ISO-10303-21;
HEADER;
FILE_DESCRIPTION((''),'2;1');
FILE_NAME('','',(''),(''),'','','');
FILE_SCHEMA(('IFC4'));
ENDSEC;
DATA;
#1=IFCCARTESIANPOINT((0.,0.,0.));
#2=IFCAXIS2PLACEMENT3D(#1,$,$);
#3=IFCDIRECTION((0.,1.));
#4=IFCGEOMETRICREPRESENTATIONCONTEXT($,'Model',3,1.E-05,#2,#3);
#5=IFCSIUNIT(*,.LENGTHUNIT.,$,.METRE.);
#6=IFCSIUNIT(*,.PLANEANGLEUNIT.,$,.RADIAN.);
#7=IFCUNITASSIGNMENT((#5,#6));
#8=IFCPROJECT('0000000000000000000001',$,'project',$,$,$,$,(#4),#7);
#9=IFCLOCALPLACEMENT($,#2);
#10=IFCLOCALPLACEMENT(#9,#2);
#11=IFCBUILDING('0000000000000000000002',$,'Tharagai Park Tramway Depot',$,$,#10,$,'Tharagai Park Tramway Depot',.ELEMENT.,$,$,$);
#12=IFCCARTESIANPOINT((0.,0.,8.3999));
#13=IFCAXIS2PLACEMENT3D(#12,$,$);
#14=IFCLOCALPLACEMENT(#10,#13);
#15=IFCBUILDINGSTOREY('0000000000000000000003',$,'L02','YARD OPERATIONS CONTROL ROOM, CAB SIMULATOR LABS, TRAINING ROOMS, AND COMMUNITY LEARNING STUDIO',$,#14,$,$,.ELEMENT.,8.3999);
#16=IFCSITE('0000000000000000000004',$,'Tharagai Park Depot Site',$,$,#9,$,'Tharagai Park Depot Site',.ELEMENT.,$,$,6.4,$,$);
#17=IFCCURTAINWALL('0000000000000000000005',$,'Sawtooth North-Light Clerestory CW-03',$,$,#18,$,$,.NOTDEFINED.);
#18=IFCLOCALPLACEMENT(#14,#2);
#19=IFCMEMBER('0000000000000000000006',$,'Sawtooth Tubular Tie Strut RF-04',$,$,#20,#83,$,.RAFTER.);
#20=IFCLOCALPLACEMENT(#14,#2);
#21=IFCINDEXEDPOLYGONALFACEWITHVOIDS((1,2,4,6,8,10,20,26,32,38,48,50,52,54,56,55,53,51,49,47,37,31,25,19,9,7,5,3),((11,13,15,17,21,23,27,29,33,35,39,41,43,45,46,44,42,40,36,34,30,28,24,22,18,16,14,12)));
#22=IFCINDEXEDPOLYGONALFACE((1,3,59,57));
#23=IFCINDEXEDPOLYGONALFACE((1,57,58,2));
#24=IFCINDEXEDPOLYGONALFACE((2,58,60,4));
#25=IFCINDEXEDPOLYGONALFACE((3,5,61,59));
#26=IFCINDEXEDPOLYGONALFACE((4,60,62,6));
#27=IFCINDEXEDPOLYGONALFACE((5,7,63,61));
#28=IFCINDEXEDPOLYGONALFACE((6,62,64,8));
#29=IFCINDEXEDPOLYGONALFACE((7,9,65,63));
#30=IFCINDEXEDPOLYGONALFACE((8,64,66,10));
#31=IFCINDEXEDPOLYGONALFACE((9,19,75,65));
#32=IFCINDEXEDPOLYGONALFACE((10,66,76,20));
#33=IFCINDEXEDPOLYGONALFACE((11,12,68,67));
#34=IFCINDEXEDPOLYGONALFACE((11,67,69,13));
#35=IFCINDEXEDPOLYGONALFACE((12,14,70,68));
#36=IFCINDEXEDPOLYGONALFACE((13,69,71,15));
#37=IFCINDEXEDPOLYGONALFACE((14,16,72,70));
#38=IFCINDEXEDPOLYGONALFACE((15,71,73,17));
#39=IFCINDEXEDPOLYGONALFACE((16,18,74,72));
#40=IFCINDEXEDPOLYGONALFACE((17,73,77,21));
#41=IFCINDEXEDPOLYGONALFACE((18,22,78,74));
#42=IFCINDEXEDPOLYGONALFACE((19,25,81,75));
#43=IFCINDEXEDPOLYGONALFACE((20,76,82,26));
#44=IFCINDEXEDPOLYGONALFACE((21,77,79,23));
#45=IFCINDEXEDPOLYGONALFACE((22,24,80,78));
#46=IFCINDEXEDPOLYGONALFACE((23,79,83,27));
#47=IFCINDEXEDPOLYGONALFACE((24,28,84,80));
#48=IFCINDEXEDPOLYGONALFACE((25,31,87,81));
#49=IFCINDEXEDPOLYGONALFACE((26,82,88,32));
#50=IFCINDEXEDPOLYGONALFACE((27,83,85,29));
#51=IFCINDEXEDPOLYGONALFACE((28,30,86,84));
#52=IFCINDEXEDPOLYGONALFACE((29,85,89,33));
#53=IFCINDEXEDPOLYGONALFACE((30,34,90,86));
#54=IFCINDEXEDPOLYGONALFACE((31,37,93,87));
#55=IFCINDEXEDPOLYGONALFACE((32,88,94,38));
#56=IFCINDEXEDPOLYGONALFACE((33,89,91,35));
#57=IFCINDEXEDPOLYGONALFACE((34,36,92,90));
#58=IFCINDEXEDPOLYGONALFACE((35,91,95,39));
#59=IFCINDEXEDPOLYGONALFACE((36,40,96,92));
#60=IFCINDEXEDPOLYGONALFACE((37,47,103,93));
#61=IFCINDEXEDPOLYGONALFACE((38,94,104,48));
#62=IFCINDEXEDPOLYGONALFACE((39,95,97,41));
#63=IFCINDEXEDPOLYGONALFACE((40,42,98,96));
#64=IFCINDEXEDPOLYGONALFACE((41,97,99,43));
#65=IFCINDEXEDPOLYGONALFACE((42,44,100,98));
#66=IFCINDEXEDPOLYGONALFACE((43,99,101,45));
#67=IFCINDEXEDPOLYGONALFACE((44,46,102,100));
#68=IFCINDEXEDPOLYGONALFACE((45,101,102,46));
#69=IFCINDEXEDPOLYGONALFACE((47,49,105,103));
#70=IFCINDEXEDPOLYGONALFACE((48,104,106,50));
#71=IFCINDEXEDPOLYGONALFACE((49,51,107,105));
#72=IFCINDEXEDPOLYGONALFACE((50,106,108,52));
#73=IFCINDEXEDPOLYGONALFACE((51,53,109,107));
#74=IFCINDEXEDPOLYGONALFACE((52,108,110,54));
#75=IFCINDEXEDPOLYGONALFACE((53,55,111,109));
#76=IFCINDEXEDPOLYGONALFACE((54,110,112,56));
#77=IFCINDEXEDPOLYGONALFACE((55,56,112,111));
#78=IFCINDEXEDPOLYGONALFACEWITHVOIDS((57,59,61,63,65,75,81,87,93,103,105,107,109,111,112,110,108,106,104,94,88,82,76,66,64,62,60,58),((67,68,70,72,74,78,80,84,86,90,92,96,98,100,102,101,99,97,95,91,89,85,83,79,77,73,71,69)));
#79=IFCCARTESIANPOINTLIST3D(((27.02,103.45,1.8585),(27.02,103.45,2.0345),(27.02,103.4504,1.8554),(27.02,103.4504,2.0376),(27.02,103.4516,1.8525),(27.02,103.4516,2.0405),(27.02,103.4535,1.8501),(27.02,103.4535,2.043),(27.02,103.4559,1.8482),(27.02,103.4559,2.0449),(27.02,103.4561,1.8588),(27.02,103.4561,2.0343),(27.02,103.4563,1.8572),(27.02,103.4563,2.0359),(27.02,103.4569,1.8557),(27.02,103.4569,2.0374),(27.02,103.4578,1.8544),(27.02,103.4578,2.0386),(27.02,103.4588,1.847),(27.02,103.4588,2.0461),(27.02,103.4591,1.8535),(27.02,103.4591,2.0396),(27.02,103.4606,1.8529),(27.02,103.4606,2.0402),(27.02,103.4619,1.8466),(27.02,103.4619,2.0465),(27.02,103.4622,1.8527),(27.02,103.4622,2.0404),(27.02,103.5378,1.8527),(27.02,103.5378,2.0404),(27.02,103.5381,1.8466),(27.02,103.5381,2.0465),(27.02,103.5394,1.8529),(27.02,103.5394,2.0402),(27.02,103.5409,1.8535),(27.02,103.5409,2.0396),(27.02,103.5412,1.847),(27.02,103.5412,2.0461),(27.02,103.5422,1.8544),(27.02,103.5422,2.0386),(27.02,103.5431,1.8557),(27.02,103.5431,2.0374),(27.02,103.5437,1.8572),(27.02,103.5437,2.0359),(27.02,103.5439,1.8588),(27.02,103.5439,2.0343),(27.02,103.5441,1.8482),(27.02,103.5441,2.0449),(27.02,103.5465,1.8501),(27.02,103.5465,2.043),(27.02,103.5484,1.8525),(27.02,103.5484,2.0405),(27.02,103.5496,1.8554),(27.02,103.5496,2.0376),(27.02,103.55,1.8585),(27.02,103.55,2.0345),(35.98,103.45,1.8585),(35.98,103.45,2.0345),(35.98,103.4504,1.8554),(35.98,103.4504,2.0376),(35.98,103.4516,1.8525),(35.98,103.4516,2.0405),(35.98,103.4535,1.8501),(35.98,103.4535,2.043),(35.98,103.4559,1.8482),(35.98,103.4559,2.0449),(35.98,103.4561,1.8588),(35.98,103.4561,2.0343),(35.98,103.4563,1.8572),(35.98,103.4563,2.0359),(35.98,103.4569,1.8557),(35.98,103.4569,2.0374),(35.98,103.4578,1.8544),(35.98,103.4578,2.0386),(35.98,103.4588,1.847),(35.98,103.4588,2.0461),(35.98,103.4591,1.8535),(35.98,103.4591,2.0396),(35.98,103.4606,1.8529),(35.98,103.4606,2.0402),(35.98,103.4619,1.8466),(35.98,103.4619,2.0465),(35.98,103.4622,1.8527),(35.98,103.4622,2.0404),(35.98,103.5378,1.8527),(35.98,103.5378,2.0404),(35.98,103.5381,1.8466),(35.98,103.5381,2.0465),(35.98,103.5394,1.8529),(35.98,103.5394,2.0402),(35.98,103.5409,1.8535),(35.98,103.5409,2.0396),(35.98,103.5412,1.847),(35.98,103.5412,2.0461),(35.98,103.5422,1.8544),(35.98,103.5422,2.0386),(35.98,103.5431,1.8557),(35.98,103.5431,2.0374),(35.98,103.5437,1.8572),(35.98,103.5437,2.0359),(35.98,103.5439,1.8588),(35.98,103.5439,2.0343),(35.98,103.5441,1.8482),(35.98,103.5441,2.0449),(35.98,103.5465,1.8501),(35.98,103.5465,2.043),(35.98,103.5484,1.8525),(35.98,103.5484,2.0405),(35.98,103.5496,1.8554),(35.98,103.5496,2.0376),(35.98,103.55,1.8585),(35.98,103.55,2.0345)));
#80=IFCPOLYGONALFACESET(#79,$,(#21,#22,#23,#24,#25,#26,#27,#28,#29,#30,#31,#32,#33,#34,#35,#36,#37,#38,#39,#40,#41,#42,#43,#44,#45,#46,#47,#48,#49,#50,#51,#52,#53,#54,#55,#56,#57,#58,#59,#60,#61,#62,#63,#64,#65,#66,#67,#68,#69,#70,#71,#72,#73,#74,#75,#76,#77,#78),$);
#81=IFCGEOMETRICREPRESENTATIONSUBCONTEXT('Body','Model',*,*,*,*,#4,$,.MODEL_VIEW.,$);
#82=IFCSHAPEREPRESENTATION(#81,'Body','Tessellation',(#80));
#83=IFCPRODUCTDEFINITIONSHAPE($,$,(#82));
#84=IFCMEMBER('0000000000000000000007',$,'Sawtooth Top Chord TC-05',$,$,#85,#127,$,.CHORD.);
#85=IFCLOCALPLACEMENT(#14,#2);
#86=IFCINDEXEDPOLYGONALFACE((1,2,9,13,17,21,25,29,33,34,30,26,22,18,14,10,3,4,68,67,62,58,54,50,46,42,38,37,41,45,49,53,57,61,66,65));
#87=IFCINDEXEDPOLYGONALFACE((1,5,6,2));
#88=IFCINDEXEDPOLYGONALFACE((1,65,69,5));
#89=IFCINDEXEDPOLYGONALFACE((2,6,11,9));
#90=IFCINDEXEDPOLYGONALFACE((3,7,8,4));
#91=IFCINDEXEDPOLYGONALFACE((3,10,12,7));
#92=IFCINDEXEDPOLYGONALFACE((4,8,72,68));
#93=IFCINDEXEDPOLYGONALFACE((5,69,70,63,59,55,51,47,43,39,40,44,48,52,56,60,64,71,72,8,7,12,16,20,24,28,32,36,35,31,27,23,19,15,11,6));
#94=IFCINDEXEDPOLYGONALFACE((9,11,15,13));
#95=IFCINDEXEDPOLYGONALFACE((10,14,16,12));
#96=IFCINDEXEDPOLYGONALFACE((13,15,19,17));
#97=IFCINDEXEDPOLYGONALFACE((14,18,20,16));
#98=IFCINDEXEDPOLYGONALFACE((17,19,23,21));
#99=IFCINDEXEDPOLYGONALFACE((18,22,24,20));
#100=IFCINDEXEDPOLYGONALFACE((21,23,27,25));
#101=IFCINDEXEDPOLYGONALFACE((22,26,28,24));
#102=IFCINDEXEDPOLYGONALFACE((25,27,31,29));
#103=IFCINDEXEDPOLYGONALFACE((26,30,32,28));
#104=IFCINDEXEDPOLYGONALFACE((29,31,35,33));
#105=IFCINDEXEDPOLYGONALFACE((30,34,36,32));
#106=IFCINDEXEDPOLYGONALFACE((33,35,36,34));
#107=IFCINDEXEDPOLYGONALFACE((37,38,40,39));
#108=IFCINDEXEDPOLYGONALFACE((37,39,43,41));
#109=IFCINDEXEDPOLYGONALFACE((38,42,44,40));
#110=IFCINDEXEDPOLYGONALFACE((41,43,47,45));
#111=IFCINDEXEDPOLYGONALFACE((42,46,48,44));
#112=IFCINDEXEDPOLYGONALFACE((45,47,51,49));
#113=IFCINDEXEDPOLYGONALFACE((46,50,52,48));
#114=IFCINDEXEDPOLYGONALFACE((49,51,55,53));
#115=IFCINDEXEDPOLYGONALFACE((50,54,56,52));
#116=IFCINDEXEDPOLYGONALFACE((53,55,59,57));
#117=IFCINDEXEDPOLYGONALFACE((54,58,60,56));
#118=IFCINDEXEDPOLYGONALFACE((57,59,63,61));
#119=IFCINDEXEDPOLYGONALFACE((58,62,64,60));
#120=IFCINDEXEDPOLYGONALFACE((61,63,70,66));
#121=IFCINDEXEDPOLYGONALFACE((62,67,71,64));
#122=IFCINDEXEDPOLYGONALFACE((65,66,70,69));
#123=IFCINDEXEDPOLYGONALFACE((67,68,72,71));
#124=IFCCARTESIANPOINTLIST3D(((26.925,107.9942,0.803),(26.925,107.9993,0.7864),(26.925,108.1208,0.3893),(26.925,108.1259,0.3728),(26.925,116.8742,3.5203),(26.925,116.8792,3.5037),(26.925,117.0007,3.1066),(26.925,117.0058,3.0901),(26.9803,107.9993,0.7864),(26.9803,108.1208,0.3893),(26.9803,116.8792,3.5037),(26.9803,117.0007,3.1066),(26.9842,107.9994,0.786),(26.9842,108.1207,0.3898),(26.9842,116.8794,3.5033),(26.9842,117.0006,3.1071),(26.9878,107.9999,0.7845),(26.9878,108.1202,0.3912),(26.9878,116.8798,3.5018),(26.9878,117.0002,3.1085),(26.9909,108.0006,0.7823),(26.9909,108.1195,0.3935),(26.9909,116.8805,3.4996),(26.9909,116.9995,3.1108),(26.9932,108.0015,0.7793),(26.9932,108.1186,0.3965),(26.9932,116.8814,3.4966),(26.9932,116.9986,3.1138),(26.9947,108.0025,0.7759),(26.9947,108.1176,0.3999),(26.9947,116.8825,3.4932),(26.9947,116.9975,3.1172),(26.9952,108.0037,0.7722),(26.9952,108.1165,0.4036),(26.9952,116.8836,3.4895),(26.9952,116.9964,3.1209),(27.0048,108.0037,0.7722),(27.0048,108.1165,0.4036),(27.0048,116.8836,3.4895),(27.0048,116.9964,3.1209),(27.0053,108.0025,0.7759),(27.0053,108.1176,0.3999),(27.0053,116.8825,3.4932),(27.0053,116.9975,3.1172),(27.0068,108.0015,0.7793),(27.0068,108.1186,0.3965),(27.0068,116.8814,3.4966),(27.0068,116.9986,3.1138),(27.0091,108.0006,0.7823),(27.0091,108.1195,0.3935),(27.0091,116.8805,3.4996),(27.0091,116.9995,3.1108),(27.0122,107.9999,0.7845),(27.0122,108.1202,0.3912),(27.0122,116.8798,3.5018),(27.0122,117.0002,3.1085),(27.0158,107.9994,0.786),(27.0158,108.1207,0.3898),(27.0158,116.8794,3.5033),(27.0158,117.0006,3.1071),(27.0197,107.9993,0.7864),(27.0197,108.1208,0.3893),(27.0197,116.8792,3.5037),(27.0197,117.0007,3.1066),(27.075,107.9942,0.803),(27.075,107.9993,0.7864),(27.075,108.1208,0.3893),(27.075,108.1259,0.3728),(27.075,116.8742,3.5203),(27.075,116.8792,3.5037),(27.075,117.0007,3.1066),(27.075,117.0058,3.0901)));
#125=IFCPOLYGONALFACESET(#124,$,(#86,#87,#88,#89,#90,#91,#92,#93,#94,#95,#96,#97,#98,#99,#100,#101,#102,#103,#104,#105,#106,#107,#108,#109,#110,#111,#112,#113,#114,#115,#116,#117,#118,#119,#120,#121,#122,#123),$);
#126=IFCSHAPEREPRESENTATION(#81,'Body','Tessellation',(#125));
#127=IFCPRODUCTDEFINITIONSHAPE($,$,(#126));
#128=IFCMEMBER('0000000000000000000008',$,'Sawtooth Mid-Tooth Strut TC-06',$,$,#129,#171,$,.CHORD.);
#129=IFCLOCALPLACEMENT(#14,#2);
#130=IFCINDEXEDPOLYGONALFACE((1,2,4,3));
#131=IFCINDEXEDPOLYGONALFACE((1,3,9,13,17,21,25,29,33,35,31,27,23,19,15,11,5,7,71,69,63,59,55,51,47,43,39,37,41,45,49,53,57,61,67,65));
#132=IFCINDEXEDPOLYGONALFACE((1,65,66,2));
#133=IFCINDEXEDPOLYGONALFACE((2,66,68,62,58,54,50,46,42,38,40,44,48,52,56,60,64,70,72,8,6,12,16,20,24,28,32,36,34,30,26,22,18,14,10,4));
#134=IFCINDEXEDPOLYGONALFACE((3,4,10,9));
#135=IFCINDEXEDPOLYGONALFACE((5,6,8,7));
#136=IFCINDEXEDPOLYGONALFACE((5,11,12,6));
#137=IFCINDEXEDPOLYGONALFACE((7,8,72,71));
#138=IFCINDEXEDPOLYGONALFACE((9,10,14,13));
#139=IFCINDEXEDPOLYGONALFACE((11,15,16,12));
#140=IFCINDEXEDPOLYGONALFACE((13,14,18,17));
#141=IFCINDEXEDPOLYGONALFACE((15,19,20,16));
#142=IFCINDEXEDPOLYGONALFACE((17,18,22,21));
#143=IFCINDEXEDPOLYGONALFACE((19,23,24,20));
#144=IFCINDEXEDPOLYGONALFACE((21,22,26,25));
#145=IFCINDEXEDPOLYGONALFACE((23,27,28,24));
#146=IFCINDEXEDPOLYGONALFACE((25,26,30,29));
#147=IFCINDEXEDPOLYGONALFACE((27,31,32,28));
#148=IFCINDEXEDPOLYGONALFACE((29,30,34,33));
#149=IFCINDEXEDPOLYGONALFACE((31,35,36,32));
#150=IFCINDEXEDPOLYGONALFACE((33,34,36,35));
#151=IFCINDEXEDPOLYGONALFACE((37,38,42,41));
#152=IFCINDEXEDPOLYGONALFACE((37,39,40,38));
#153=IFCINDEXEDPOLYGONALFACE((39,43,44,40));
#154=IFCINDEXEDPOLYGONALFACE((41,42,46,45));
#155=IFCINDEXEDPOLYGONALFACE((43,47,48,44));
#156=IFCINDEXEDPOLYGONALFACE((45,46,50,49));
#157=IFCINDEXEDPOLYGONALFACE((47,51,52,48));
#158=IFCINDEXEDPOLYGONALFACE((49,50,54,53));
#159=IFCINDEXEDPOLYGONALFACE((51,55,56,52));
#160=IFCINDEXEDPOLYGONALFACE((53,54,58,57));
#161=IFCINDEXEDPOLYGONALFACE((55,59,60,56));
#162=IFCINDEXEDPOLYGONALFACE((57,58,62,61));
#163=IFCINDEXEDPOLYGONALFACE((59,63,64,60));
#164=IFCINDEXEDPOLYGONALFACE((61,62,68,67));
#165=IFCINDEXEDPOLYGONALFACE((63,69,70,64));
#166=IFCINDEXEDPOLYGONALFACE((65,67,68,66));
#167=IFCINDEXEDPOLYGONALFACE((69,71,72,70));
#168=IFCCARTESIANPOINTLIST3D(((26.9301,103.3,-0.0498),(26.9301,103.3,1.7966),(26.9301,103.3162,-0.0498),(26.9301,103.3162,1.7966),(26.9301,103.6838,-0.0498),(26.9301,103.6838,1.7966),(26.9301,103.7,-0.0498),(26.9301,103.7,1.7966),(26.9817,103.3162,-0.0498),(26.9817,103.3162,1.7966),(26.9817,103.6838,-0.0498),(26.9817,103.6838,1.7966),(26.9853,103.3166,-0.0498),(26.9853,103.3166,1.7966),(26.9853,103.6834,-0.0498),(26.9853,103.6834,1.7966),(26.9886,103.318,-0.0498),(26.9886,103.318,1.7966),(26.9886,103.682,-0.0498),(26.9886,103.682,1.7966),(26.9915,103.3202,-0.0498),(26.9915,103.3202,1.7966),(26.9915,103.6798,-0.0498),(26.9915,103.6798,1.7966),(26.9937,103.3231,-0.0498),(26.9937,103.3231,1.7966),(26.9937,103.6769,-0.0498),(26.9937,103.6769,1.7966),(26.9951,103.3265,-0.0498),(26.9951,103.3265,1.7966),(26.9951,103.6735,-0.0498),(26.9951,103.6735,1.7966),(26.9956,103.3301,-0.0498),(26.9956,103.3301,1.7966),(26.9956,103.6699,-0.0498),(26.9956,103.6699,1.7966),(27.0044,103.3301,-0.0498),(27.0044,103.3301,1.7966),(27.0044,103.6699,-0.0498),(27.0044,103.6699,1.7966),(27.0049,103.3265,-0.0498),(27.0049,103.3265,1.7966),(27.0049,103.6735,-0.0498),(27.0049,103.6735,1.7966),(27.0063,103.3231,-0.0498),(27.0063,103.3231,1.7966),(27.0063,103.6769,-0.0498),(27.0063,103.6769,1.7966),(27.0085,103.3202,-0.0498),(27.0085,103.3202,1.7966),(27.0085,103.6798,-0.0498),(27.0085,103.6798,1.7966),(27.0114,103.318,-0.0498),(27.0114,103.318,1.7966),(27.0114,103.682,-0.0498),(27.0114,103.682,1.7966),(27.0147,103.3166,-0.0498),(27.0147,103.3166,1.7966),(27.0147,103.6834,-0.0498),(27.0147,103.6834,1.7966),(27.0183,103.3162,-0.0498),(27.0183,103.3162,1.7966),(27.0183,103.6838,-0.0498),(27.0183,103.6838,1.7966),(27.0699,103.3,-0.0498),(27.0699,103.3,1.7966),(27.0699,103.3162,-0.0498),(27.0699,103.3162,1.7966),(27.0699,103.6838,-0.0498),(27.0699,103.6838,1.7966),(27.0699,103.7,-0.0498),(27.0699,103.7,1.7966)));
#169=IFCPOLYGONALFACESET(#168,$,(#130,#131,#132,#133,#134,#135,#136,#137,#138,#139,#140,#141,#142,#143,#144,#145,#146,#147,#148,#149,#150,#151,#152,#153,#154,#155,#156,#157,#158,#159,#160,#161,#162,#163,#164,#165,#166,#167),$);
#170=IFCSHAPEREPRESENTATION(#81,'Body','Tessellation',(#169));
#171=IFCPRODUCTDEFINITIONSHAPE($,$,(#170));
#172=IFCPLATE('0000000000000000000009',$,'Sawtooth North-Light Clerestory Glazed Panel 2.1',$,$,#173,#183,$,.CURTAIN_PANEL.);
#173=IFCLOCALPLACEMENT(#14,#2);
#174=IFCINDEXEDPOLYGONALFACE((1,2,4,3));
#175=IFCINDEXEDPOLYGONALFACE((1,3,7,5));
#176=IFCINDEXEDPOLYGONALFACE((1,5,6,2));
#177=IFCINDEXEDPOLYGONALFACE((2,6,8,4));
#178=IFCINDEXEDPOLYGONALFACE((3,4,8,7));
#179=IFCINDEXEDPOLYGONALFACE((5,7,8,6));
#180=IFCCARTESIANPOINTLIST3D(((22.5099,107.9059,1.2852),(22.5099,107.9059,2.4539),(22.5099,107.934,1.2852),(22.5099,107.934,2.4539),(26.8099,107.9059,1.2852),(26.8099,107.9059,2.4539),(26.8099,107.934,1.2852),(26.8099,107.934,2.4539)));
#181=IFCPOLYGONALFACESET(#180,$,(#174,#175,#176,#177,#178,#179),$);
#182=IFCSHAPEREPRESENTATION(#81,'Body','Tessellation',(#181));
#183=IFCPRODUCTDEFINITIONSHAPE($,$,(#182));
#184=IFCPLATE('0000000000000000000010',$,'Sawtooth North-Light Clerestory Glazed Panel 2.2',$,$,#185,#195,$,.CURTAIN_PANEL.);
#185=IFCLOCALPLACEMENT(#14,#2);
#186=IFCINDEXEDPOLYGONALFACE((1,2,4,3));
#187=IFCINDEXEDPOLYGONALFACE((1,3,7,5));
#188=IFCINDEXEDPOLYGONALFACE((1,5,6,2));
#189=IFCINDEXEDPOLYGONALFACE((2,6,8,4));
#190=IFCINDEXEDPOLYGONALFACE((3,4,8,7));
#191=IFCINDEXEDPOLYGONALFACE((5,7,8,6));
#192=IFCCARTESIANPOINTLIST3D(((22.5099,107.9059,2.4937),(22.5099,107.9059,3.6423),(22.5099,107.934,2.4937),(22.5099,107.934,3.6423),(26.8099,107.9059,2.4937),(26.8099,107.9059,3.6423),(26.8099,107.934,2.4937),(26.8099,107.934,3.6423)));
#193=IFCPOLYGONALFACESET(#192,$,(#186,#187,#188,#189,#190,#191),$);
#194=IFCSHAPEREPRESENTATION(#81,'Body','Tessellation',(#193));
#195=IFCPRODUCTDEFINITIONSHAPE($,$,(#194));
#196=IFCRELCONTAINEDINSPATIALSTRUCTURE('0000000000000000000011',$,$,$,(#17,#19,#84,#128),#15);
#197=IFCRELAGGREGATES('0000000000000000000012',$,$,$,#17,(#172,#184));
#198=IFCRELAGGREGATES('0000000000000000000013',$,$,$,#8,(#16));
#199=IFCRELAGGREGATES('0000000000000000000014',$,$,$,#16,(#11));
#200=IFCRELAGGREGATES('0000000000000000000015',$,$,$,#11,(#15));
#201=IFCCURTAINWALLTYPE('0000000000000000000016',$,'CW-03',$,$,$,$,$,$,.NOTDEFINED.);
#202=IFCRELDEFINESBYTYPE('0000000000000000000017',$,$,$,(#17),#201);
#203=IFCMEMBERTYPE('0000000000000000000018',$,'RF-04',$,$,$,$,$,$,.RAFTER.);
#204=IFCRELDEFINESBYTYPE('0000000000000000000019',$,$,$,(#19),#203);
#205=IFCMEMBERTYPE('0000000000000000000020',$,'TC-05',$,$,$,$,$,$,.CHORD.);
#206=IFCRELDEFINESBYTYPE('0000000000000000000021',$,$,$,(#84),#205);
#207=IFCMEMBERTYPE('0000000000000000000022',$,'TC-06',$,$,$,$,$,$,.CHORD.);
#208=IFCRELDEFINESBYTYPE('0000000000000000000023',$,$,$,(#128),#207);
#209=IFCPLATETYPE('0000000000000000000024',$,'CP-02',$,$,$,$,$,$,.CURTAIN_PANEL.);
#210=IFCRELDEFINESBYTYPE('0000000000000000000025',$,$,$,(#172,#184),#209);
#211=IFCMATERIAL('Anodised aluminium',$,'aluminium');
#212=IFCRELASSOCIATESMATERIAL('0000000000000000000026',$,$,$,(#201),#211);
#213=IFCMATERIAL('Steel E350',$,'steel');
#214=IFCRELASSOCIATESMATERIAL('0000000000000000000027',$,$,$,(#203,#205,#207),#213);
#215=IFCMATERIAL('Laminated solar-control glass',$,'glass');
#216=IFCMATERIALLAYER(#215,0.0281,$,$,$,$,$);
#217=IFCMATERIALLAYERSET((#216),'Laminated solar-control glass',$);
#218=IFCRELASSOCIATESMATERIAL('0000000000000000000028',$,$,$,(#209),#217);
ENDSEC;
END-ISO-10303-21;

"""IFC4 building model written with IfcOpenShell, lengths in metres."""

from ifc_helpers import new_model, si_unit, direction, frame, origin, origin_2d, place, context, subcontext, project, spatial, rectangle, hollow_rectangle, i_section, extrude, material, layer, layer_set, material_profile, profile_set, type_object, element, aggregate, save


model = new_model("IFC4")

# Units and contexts
model_context = context("Model", 3, precision=1e-05, world=origin(), true_north=direction((0.0, 1.0)))
body_context = subcontext(model_context, "Body", "Model", "MODEL_VIEW")
ifc_project = project(units=[si_unit("LENGTHUNIT", "METRE"), si_unit("PLANEANGLEUNIT", "RADIAN")], contexts=[model_context])

# Site, building, storey
site_placement = place(None, origin())
site = spatial("IfcSite", under=ifc_project, at=site_placement, Name="Tharagai Park Depot Site", LongName="Tharagai Park Depot Site", CompositionType="ELEMENT", RefElevation=6.4)
building_placement = place(site_placement, origin())
building = spatial("IfcBuilding", under=site, at=building_placement, Name="Tharagai Park Tramway Depot", LongName="Tharagai Park Tramway Depot", CompositionType="ELEMENT")
storey_placement = place(building_placement, frame((0.0, 0.0, 8.3999)))
storey = spatial("IfcBuildingStorey", under=building, at=storey_placement, Name="L02", Description="YARD OPERATIONS CONTROL ROOM, CAB SIMULATOR LABS, TRAINING ROOMS, AND COMMUNITY LEARNING STUDIO", CompositionType="ELEMENT", Elevation=8.3999)

# Shared definitions
ifc_material_1 = material(Name="Steel E350", Category="steel")

# Shared definitions
ifc_material_2 = material(Name="Anodised aluminium", Category="aluminium")
curtain_wall_type = type_object("IfcCurtainWallType", Name="CW-03", PredefinedType="NOTDEFINED", material=ifc_material_2)

# Curtain wall
curtain_wall_1_placement = place(storey_placement, origin())
curtain_wall_1 = element("IfcCurtainWall", 1, at=curtain_wall_1_placement, inside=storey, type_object=curtain_wall_type, Name="Sawtooth North-Light Clerestory CW-03", PredefinedType="NOTDEFINED")

# Members
ifc_material_profile_1 = material_profile(ifc_material_1, hollow_rectangle(XDim=0.1001, YDim=0.2, WallThickness=0.0061, InnerFilletRadius=0.0061, OuterFilletRadius=0.012, at=origin_2d()), Name="RHS 200x100x6")
ifc_profile_set_1 = profile_set([ifc_material_profile_1], Name="Steel E350")
member_type_1 = type_object("IfcMemberType", Name="RF-04", PredefinedType="RAFTER", material=ifc_profile_set_1)
member_1_placement = place(storey_placement, frame((27.02, 103.5, 1.9465), z_axis=(1.0, 0.0, 0.0), x_axis=(0.0, 1.0, 0.0)))
element("IfcMember", 2, at=member_1_placement, inside=storey, type_object=member_type_1, Name="Sawtooth Tubular Tie Strut RF-04", PredefinedType="RAFTER", context=body_context, shape_type="SweptSolid", body=[
    extrude(hollow_rectangle(XDim=0.1001, YDim=0.2, WallThickness=0.0061, InnerFilletRadius=0.0061, OuterFilletRadius=0.012, at=origin_2d()), origin(), (0.0, 0.0, 1.0), 8.96),
])
ifc_material_profile_2 = material_profile(ifc_material_1, i_section(OverallWidth=0.1499, OverallDepth=0.45, WebThickness=0.0095, FlangeThickness=0.0173, FilletRadius=0.0149, at=origin_2d()), Name="ISMB 450")
ifc_profile_set_2 = profile_set([ifc_material_profile_2], Name="Steel E350")
member_type_2 = type_object("IfcMemberType", Name="TC-05", PredefinedType="CHORD", material=ifc_profile_set_2)
member_2_placement = place(storey_placement, frame((27.0, 108.0601, 0.5879), z_axis=(0.0, 0.956231, 0.292611), x_axis=(-1.0, 0.0, 0.0)))
element("IfcMember", 3, at=member_2_placement, inside=storey, type_object=member_type_2, Name="Sawtooth Top Chord TC-05", PredefinedType="CHORD", context=body_context, shape_type="SweptSolid", body=[
    extrude(i_section(OverallWidth=0.1499, OverallDepth=0.45, WebThickness=0.0095, FlangeThickness=0.0173, FilletRadius=0.0149, at=origin_2d()), origin(), (0.0, 0.0, 1.0), 9.2864),
])
ifc_material_profile_3 = material_profile(ifc_material_1, i_section(OverallWidth=0.1399, OverallDepth=0.3999, WebThickness=0.0088, FlangeThickness=0.0161, FilletRadius=0.0139, at=origin_2d()), Name="ISMB 400")
ifc_profile_set_3 = profile_set([ifc_material_profile_3], Name="Steel E350")
member_type_3 = type_object("IfcMemberType", Name="TC-06", PredefinedType="CHORD", material=ifc_profile_set_3)
member_3_placement = place(storey_placement, frame((27.0, 103.5, -0.0498), z_axis=(0.0, 0.0, 1.0), x_axis=(1.0, 0.0, 0.0)))
element("IfcMember", 4, at=member_3_placement, inside=storey, type_object=member_type_3, Name="Sawtooth Mid-Tooth Strut TC-06", PredefinedType="CHORD", context=body_context, shape_type="SweptSolid", body=[
    extrude(i_section(OverallWidth=0.1399, OverallDepth=0.3999, WebThickness=0.0088, FlangeThickness=0.0161, FilletRadius=0.0139, at=origin_2d()), origin(), (0.0, 0.0, 1.0), 1.8464),
])

# Plates
ifc_material_3 = material(Name="Laminated solar-control glass", Category="glass")
ifc_layer_1 = layer(ifc_material_3, 0.0281)
ifc_layer_set_1 = layer_set([ifc_layer_1], Name="Laminated solar-control glass")
plate_type_1 = type_object("IfcPlateType", Name="CP-02", PredefinedType="CURTAIN_PANEL", material=ifc_layer_set_1)
plate_1_placement = place(storey_placement, frame((24.6599, 107.9199, 1.2852), z_axis=(0.0, 0.0, 1.0), x_axis=(1.0, 0.0, 0.0)))
plate_1 = element("IfcPlate", 5, at=plate_1_placement, type_object=plate_type_1, Name="Sawtooth North-Light Clerestory Glazed Panel 2.1", PredefinedType="CURTAIN_PANEL", context=body_context, shape_type="SweptSolid", body=[
    extrude(rectangle(XDim=4.3, YDim=0.0281, at=origin_2d()), origin(), (0.0, 0.0, 1.0), 1.1687),
])
plate_2_placement = place(storey_placement, frame((24.6599, 107.9199, 2.4937), z_axis=(0.0, 0.0, 1.0), x_axis=(1.0, 0.0, 0.0)))
plate_2 = element("IfcPlate", 6, at=plate_2_placement, type_object=plate_type_1, Name="Sawtooth North-Light Clerestory Glazed Panel 2.2", PredefinedType="CURTAIN_PANEL", context=body_context, shape_type="SweptSolid", body=[
    extrude(rectangle(XDim=4.3, YDim=0.0281, at=origin_2d()), origin(), (0.0, 0.0, 1.0), 1.1487),
])
aggregate(curtain_wall_1, [plate_1, plate_2])

save(model, "model.ifc")
